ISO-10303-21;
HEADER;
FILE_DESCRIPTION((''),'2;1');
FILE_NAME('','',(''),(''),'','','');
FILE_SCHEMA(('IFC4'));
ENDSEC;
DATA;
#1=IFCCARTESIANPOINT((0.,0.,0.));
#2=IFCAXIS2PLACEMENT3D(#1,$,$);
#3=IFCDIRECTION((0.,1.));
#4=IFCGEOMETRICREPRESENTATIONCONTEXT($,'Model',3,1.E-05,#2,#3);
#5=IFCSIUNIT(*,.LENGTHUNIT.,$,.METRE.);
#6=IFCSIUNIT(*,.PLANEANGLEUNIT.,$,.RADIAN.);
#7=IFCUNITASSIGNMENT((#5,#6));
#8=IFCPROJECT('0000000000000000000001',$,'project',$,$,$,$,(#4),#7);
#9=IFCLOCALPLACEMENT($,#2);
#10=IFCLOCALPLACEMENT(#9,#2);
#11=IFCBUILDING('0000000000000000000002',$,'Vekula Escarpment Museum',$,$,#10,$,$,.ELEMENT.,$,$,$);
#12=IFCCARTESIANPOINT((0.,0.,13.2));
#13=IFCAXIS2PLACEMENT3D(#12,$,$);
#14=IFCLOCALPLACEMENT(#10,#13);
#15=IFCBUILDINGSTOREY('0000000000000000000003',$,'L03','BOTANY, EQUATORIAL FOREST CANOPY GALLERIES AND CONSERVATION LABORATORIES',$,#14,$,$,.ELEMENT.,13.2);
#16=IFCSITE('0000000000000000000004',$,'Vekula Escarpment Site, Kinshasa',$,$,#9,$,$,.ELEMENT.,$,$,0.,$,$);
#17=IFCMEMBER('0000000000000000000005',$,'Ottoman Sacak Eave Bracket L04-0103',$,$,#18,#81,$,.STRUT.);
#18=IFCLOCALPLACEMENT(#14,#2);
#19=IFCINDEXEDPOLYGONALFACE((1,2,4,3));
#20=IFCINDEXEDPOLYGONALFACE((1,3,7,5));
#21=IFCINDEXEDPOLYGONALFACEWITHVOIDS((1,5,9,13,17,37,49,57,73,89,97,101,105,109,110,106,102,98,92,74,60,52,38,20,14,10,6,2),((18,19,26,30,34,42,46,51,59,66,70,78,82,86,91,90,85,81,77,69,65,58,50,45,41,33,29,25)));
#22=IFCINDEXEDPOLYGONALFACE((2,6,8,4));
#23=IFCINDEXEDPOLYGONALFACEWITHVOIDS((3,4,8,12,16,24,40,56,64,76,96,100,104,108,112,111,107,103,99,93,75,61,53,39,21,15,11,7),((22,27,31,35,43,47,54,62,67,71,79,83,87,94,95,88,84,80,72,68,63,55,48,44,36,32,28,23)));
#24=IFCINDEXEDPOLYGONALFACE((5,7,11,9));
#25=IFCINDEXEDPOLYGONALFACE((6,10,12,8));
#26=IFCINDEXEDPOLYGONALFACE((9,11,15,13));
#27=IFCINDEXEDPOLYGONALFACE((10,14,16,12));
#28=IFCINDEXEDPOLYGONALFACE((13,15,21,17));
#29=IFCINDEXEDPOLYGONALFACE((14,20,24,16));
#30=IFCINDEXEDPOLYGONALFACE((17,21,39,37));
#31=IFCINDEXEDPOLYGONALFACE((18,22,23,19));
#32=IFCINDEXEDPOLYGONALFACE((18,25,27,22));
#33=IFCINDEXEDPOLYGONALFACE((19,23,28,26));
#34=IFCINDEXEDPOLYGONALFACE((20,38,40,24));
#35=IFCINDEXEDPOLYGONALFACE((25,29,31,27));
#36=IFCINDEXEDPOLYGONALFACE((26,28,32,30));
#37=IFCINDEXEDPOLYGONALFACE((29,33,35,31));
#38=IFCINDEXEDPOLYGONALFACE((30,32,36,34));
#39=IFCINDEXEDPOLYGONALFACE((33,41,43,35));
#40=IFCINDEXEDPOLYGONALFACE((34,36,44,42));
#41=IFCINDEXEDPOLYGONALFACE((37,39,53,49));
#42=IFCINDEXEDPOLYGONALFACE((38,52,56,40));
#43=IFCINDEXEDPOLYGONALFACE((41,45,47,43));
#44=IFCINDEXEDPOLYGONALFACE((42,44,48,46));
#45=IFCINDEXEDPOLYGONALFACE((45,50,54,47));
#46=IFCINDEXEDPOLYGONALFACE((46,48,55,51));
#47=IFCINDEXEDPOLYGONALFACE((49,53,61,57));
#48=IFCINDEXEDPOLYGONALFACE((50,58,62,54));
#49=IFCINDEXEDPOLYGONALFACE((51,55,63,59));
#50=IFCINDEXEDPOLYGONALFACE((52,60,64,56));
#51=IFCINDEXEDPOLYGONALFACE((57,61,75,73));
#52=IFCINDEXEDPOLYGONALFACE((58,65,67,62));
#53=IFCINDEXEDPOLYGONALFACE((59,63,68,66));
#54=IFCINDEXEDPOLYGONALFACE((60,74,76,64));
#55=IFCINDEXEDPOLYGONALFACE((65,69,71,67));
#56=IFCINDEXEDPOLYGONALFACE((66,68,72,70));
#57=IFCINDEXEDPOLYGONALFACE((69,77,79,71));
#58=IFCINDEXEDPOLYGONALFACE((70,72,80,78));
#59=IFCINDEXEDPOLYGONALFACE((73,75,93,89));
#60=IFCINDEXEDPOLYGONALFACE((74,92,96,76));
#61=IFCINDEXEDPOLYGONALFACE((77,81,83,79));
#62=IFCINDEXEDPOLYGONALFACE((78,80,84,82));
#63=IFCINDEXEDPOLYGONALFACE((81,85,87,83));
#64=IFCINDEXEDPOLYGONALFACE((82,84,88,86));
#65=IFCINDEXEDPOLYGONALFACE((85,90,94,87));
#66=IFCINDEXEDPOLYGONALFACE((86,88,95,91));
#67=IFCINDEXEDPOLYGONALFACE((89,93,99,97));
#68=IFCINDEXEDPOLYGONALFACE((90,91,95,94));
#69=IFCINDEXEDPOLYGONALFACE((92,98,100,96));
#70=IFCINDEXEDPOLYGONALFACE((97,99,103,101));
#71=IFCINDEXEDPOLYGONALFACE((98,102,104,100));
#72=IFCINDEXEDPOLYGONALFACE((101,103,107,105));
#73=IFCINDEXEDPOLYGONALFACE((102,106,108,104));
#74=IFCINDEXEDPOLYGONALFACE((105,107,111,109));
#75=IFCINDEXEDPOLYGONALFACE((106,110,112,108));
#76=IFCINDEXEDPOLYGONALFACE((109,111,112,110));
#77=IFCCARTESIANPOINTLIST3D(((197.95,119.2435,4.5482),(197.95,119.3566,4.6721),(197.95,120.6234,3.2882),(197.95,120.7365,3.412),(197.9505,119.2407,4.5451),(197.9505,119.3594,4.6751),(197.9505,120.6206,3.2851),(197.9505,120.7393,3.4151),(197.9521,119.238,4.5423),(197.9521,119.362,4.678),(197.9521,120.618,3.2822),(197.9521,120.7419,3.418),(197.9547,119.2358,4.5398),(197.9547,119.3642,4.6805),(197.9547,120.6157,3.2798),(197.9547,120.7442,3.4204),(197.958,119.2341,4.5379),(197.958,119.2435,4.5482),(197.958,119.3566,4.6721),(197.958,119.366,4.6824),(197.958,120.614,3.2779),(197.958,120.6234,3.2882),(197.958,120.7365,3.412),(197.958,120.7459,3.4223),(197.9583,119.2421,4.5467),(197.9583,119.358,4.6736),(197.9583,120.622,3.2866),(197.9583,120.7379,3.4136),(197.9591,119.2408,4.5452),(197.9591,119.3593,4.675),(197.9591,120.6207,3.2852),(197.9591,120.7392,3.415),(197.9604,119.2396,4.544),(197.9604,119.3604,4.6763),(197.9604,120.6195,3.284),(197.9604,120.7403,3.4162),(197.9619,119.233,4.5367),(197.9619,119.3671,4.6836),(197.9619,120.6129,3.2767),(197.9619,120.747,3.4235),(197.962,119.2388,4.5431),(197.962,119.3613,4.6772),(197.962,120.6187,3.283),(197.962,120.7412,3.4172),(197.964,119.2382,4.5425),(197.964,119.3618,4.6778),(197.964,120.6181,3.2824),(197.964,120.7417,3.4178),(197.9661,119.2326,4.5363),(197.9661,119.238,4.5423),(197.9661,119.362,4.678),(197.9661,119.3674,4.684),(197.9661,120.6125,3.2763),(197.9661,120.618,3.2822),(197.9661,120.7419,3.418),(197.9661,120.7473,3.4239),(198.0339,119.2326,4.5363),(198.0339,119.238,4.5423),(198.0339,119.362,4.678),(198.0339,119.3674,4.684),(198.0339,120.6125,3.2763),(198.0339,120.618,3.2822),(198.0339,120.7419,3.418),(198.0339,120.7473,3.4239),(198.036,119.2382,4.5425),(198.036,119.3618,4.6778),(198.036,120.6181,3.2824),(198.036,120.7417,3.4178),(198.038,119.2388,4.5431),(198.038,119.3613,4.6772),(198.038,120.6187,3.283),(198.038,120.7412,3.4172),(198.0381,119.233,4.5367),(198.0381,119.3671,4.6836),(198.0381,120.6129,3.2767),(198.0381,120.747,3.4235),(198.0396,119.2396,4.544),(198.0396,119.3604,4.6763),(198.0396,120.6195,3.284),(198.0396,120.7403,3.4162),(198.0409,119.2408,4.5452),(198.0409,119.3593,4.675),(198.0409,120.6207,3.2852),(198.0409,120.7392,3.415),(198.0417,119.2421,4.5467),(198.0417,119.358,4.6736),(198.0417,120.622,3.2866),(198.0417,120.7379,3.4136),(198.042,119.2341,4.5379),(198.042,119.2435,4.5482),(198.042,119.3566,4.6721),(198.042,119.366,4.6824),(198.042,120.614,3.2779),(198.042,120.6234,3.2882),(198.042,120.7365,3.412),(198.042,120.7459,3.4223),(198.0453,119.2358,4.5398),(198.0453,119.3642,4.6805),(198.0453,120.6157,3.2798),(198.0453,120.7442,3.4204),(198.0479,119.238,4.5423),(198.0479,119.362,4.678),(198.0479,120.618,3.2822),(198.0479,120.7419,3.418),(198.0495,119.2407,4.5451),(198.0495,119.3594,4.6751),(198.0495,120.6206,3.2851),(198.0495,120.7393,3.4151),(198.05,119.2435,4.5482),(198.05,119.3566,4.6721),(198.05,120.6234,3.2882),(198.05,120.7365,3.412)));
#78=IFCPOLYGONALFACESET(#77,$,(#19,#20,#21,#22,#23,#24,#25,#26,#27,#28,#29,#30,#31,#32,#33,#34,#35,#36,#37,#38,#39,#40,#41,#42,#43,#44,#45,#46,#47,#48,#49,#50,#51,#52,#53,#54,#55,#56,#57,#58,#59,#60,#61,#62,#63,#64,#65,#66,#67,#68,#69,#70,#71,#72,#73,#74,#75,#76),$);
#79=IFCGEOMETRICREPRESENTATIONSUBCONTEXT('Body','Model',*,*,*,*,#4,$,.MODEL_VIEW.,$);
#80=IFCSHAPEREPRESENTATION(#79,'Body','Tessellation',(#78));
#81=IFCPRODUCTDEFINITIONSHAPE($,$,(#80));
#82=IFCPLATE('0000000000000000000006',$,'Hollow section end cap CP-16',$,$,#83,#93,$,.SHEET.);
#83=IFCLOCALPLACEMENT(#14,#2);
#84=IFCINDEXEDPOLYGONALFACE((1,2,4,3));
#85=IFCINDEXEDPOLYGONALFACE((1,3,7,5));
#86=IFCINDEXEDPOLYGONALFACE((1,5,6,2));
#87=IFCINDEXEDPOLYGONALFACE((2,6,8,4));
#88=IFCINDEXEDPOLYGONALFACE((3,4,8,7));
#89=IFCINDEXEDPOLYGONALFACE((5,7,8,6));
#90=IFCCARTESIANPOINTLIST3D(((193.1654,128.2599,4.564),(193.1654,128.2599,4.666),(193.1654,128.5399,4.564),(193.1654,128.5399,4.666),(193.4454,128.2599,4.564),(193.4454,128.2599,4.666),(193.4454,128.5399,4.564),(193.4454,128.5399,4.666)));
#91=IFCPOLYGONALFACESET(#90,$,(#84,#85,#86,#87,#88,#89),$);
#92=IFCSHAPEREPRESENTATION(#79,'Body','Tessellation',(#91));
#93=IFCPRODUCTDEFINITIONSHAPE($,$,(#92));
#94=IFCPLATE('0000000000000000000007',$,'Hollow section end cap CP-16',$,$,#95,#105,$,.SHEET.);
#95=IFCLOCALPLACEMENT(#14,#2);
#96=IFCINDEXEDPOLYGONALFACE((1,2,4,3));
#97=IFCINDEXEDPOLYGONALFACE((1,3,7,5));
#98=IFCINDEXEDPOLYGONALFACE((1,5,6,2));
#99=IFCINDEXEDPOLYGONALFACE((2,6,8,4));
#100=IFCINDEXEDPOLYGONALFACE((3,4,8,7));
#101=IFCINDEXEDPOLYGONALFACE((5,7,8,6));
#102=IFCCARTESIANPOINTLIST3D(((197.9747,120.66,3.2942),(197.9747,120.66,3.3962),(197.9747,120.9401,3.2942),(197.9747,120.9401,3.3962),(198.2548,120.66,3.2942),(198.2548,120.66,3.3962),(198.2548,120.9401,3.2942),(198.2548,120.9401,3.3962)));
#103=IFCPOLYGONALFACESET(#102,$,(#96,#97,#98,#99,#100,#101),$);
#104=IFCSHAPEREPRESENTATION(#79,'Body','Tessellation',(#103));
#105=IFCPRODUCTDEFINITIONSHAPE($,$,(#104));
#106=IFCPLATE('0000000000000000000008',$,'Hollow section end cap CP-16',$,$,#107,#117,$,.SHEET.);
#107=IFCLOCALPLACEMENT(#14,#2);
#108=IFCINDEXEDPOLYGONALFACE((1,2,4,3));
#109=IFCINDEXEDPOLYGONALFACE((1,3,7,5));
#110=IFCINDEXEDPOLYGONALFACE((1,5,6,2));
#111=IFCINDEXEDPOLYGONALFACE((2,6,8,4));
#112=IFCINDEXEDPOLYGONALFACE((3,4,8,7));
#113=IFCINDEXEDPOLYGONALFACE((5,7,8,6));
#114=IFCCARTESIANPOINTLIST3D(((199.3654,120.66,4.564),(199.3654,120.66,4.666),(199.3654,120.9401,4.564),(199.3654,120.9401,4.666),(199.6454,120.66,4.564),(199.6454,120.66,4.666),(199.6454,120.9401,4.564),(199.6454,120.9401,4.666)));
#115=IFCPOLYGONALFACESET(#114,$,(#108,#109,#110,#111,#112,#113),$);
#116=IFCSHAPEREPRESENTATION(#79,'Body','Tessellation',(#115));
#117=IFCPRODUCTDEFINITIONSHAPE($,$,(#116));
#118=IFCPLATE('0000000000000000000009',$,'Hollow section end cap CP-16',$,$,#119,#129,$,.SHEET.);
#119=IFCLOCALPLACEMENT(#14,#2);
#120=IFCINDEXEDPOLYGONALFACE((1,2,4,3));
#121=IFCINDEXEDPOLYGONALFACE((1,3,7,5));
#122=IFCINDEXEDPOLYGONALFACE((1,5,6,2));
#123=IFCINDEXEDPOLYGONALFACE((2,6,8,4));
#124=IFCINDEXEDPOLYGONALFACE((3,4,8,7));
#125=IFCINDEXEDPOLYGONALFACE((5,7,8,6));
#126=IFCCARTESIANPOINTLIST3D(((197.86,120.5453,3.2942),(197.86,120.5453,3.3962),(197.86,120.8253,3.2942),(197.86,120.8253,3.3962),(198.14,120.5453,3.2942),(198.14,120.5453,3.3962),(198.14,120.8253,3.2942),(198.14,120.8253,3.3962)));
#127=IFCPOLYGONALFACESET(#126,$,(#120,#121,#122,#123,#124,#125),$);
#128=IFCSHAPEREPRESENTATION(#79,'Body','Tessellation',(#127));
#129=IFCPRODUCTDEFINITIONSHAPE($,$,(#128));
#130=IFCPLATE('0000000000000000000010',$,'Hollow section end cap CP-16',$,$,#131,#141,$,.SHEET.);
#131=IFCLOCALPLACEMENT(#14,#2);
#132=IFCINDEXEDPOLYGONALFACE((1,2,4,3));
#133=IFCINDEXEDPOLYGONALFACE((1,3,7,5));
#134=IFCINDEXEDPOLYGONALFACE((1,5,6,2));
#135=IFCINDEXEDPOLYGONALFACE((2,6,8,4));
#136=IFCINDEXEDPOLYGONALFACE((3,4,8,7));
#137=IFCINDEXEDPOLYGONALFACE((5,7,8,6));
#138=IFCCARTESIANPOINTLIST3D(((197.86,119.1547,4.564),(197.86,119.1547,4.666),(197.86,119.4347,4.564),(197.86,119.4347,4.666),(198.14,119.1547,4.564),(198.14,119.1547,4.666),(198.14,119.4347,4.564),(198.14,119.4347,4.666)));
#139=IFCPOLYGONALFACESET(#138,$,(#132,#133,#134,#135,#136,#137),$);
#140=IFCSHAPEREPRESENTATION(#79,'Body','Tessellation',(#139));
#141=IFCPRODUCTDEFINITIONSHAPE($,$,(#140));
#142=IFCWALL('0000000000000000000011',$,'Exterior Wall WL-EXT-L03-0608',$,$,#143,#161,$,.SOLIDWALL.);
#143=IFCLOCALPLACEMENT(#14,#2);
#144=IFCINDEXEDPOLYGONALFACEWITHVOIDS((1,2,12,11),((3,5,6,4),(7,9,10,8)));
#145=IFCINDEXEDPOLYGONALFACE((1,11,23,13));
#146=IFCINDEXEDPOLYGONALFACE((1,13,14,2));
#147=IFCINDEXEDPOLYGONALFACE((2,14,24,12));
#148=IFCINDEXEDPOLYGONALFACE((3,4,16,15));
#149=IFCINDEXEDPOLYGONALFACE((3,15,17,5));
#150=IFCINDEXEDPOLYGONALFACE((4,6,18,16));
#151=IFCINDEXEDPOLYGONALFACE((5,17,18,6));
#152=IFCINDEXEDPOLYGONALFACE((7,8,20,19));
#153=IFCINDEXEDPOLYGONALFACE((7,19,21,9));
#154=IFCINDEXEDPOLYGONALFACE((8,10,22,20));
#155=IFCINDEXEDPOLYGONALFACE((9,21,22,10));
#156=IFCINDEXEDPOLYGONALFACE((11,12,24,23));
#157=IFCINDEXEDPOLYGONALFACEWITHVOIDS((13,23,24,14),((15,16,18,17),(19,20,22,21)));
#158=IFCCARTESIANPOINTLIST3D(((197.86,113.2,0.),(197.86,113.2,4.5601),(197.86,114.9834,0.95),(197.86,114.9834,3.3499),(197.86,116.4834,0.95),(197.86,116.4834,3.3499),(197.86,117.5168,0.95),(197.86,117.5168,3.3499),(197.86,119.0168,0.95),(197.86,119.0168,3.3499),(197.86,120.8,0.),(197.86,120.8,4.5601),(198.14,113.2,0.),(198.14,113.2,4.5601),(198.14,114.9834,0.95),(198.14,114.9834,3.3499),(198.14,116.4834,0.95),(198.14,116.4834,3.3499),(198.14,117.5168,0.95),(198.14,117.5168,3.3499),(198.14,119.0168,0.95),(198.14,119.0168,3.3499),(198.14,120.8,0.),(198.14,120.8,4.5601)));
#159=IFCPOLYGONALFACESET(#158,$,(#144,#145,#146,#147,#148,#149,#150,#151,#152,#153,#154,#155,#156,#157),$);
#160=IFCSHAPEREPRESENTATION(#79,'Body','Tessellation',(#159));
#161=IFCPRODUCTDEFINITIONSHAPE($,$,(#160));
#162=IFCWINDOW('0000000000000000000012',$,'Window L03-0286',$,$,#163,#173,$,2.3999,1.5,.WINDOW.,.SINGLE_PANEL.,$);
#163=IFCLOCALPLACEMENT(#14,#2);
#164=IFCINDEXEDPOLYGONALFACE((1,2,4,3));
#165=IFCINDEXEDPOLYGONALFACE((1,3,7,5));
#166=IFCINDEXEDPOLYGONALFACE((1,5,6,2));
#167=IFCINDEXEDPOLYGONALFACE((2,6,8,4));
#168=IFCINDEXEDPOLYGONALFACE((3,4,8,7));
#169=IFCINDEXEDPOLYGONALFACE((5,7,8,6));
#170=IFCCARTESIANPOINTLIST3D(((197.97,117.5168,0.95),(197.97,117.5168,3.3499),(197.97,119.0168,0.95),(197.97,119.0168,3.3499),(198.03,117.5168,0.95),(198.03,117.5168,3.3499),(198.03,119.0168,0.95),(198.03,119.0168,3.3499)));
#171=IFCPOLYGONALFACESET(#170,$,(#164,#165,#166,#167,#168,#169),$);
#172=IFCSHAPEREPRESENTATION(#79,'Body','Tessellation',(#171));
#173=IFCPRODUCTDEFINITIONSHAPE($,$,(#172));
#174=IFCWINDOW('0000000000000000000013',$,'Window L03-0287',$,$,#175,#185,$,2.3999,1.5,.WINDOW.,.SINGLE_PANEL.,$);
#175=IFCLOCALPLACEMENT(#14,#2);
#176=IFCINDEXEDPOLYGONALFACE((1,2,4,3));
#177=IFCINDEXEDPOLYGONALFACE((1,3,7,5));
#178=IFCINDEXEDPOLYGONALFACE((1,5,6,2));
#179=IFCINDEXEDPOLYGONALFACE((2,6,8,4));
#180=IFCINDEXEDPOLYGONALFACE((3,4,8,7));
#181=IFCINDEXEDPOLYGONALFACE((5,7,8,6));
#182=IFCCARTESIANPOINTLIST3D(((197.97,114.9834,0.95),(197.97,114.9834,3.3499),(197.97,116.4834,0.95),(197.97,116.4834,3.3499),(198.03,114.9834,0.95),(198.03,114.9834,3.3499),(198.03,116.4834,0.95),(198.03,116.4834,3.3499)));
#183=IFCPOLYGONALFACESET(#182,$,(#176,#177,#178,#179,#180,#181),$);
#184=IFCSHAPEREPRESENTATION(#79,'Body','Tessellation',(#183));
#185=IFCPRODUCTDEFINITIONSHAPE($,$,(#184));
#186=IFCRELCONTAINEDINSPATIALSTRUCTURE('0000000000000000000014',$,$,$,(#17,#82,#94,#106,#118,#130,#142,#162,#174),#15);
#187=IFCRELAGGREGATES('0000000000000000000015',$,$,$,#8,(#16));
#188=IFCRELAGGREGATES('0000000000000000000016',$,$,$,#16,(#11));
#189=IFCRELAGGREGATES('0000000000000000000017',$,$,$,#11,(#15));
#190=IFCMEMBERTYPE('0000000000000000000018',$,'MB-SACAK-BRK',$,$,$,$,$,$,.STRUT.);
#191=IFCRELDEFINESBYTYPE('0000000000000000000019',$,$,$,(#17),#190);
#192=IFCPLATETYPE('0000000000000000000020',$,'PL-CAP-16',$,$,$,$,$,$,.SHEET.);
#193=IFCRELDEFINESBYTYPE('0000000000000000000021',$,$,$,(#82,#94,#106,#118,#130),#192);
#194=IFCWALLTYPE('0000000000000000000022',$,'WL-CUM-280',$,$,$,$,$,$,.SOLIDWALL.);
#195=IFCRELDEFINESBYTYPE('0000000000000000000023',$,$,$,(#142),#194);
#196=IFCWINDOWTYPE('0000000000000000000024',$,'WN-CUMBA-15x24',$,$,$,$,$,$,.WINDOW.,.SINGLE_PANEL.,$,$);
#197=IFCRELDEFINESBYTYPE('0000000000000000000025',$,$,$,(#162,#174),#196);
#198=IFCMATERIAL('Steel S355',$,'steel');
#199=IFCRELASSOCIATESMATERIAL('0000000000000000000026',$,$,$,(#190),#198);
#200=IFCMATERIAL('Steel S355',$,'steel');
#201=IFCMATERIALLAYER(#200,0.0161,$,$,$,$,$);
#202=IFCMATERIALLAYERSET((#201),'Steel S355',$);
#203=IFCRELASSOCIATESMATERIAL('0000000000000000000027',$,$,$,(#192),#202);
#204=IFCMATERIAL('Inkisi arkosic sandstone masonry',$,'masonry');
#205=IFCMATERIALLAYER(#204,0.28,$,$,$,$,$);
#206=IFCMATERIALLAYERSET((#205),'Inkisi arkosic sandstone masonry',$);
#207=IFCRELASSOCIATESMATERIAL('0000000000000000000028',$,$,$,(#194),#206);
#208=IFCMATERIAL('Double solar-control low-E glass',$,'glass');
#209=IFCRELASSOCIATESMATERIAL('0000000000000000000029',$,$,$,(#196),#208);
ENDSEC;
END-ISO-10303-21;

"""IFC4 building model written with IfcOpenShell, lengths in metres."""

from ifc_helpers import new_model, si_unit, direction, frame, frame_2d, origin, origin_2d, place, context, subcontext, project, spatial, rectangle, hollow_rectangle, extrude, material, layer, layer_set, material_profile, profile_set, type_object, element, fill, save


model = new_model("IFC4")

# Units and contexts
model_context = context("Model", 3, precision=1e-05, world=origin(), true_north=direction((0.0, 1.0)))
body_context = subcontext(model_context, "Body", "Model", "MODEL_VIEW")
ifc_project = project(units=[si_unit("LENGTHUNIT", "METRE"), si_unit("PLANEANGLEUNIT", "RADIAN")], contexts=[model_context])

# Site, building, storey
site_placement = place(None, origin())
site = spatial("IfcSite", under=ifc_project, at=site_placement, Name="Vekula Escarpment Site, Kinshasa", CompositionType="ELEMENT", RefElevation=0.0)
building_placement = place(site_placement, origin())
building = spatial("IfcBuilding", under=site, at=building_placement, Name="Vekula Escarpment Museum", CompositionType="ELEMENT")
storey_placement = place(building_placement, frame((0.0, 0.0, 13.2)))
storey = spatial("IfcBuildingStorey", under=building, at=storey_placement, Name="L03", Description="BOTANY, EQUATORIAL FOREST CANOPY GALLERIES AND CONSERVATION LABORATORIES", CompositionType="ELEMENT", Elevation=13.2)

# Member
ifc_material_1 = material(Name="Steel S355", Category="steel")
ifc_material_profile_1 = material_profile(ifc_material_1, hollow_rectangle(XDim=0.1001, YDim=0.2, WallThickness=0.0081, InnerFilletRadius=0.0081, OuterFilletRadius=0.0161, at=origin_2d()), Name="RHS 200x100x8")
ifc_profile_set_1 = profile_set([ifc_material_profile_1], Name="Steel S355")
member_type = type_object("IfcMemberType", Name="MB-SACAK-BRK", PredefinedType="STRUT", material=ifc_profile_set_1)
for number, where, z_axis, x_axis, name in (
    (1, (198.0, 120.6799, 3.3501), (0.0, -0.738454, 0.674303), (1.0, 0.0, 0.0), "Ottoman Sacak Eave Bracket L04-0103"),
):
    element("IfcMember", number, at=place(storey_placement, frame(where, z_axis=z_axis, x_axis=x_axis)), inside=storey, type_object=member_type, Name=name, PredefinedType="STRUT", context=body_context, shape_type="SweptSolid", body=[
        extrude(hollow_rectangle(XDim=0.1001, YDim=0.2, WallThickness=0.0081, InnerFilletRadius=0.0081, OuterFilletRadius=0.0161, at=origin_2d()), origin(), (0.0, 0.0, 1.0), 1.8687),
    ])

# Plates
ifc_material_2 = material(Name="Steel S355", Category="steel")
ifc_layer_1 = layer(ifc_material_2, 0.0161)
ifc_layer_set_1 = layer_set([ifc_layer_1], Name="Steel S355")
plate_type = type_object("IfcPlateType", Name="PL-CAP-16", PredefinedType="SHEET", material=ifc_layer_set_1)
for number, where, z_axis, x_axis, name in (
    (2, (193.3054, 128.3999, 4.564), (0.0, 0.0, 1.0), (1.0, 0.0, 0.0), "Hollow section end cap CP-16"),
    (3, (198.1147, 120.8, 3.2942), (0.0, 0.0, 1.0), (1.0, 0.0, 0.0), "Hollow section end cap CP-16"),
    (4, (199.5054, 120.8, 4.564), (0.0, 0.0, 1.0), (1.0, 0.0, 0.0), "Hollow section end cap CP-16"),
    (5, (198.0, 120.6853, 3.2942), (0.0, 0.0, 1.0), (1.0, 0.0, 0.0), "Hollow section end cap CP-16"),
    (6, (198.0, 119.2947, 4.564), (0.0, 0.0, 1.0), (1.0, 0.0, 0.0), "Hollow section end cap CP-16"),
):
    element("IfcPlate", number, at=place(storey_placement, frame(where, z_axis=z_axis, x_axis=x_axis)), inside=storey, type_object=plate_type, Name=name, PredefinedType="SHEET", context=body_context, shape_type="SweptSolid", body=[
        extrude(rectangle(XDim=0.28, YDim=0.28, at=origin_2d()), origin(), (0.0, 0.0, 1.0), 0.1021),
    ])

# Wall, openings, windows
ifc_material_3 = material(Name="Inkisi arkosic sandstone masonry", Category="masonry")
ifc_layer_2 = layer(ifc_material_3, 0.28)
ifc_layer_set_2 = layer_set([ifc_layer_2], Name="Inkisi arkosic sandstone masonry")
wall_type = type_object("IfcWallType", Name="WL-CUM-280", PredefinedType="SOLIDWALL", material=ifc_layer_set_2)
wall_1_placement = place(storey_placement, frame((198.0, 120.8, 0.0), z_axis=(0.0, 0.0, 1.0), x_axis=(0.0, -1.0, 0.0)))
wall_1 = element("IfcWall", 7, at=wall_1_placement, inside=storey, type_object=wall_type, Name="Exterior Wall WL-EXT-L03-0608", PredefinedType="SOLIDWALL", context=body_context, shape_type="SweptSolid", body=[
    extrude(rectangle(XDim=7.6001, YDim=0.28, at=frame_2d((3.8, 0.0))), origin(), (0.0, 0.0, 1.0), 4.5601),
])
opening_1_placement = place(wall_1_placement, frame((1.7832, 0.0, 0.95)))
opening_1 = element("IfcOpeningElement", 8, at=opening_1_placement, cuts=wall_1, PredefinedType="OPENING", context=body_context, shape_type="SweptSolid", body=[
    extrude(rectangle(XDim=1.5, YDim=2.3999, at=frame_2d((0.75, 1.2))), frame((0.0, 0.1499, 0.0), z_axis=(0.0, -1.0, 0.0), x_axis=(1.0, 0.0, 0.0)), (0.0, 0.0, 1.0), 0.3),
])
opening_2_placement = place(wall_1_placement, frame((4.3167, 0.0, 0.95)))
opening_2 = element("IfcOpeningElement", 9, at=opening_2_placement, cuts=wall_1, PredefinedType="OPENING", context=body_context, shape_type="SweptSolid", body=[
    extrude(rectangle(XDim=1.5, YDim=2.3999, at=frame_2d((0.75, 1.2))), frame((0.0, 0.1499, 0.0), z_axis=(0.0, -1.0, 0.0), x_axis=(1.0, 0.0, 0.0)), (0.0, 0.0, 1.0), 0.3),
])
ifc_material_4 = material(Name="Double solar-control low-E glass", Category="glass")
window_type_1 = type_object("IfcWindowType", Name="WN-CUMBA-15x24", PartitioningType="SINGLE_PANEL", PredefinedType="WINDOW", material=ifc_material_4)
window_1_placement = place(opening_1_placement, origin())
window_1 = element("IfcWindow", 10, at=window_1_placement, inside=storey, type_object=window_type_1, Name="Window L03-0286", OverallHeight=2.3999, OverallWidth=1.5, PartitioningType="SINGLE_PANEL", PredefinedType="WINDOW", context=body_context, shape_type="SweptSolid", body=[
    extrude(rectangle(XDim=1.5, YDim=2.3999, at=frame_2d((0.75, 1.2))), frame((0.0, 0.03, 0.0), z_axis=(0.0, -1.0, 0.0), x_axis=(1.0, 0.0, 0.0)), (0.0, 0.0, 1.0), 0.0601),
])
fill(opening_1, window_1)
window_2_placement = place(opening_2_placement, origin())
window_2 = element("IfcWindow", 11, at=window_2_placement, inside=storey, type_object=window_type_1, Name="Window L03-0287", OverallHeight=2.3999, OverallWidth=1.5, PartitioningType="SINGLE_PANEL", PredefinedType="WINDOW", context=body_context, shape_type="SweptSolid", body=[
    extrude(rectangle(XDim=1.5, YDim=2.3999, at=frame_2d((0.75, 1.2))), frame((0.0, 0.03, 0.0), z_axis=(0.0, -1.0, 0.0), x_axis=(1.0, 0.0, 0.0)), (0.0, 0.0, 1.0), 0.0601),
])
fill(opening_2, window_2)

save(model, "model.ifc")
